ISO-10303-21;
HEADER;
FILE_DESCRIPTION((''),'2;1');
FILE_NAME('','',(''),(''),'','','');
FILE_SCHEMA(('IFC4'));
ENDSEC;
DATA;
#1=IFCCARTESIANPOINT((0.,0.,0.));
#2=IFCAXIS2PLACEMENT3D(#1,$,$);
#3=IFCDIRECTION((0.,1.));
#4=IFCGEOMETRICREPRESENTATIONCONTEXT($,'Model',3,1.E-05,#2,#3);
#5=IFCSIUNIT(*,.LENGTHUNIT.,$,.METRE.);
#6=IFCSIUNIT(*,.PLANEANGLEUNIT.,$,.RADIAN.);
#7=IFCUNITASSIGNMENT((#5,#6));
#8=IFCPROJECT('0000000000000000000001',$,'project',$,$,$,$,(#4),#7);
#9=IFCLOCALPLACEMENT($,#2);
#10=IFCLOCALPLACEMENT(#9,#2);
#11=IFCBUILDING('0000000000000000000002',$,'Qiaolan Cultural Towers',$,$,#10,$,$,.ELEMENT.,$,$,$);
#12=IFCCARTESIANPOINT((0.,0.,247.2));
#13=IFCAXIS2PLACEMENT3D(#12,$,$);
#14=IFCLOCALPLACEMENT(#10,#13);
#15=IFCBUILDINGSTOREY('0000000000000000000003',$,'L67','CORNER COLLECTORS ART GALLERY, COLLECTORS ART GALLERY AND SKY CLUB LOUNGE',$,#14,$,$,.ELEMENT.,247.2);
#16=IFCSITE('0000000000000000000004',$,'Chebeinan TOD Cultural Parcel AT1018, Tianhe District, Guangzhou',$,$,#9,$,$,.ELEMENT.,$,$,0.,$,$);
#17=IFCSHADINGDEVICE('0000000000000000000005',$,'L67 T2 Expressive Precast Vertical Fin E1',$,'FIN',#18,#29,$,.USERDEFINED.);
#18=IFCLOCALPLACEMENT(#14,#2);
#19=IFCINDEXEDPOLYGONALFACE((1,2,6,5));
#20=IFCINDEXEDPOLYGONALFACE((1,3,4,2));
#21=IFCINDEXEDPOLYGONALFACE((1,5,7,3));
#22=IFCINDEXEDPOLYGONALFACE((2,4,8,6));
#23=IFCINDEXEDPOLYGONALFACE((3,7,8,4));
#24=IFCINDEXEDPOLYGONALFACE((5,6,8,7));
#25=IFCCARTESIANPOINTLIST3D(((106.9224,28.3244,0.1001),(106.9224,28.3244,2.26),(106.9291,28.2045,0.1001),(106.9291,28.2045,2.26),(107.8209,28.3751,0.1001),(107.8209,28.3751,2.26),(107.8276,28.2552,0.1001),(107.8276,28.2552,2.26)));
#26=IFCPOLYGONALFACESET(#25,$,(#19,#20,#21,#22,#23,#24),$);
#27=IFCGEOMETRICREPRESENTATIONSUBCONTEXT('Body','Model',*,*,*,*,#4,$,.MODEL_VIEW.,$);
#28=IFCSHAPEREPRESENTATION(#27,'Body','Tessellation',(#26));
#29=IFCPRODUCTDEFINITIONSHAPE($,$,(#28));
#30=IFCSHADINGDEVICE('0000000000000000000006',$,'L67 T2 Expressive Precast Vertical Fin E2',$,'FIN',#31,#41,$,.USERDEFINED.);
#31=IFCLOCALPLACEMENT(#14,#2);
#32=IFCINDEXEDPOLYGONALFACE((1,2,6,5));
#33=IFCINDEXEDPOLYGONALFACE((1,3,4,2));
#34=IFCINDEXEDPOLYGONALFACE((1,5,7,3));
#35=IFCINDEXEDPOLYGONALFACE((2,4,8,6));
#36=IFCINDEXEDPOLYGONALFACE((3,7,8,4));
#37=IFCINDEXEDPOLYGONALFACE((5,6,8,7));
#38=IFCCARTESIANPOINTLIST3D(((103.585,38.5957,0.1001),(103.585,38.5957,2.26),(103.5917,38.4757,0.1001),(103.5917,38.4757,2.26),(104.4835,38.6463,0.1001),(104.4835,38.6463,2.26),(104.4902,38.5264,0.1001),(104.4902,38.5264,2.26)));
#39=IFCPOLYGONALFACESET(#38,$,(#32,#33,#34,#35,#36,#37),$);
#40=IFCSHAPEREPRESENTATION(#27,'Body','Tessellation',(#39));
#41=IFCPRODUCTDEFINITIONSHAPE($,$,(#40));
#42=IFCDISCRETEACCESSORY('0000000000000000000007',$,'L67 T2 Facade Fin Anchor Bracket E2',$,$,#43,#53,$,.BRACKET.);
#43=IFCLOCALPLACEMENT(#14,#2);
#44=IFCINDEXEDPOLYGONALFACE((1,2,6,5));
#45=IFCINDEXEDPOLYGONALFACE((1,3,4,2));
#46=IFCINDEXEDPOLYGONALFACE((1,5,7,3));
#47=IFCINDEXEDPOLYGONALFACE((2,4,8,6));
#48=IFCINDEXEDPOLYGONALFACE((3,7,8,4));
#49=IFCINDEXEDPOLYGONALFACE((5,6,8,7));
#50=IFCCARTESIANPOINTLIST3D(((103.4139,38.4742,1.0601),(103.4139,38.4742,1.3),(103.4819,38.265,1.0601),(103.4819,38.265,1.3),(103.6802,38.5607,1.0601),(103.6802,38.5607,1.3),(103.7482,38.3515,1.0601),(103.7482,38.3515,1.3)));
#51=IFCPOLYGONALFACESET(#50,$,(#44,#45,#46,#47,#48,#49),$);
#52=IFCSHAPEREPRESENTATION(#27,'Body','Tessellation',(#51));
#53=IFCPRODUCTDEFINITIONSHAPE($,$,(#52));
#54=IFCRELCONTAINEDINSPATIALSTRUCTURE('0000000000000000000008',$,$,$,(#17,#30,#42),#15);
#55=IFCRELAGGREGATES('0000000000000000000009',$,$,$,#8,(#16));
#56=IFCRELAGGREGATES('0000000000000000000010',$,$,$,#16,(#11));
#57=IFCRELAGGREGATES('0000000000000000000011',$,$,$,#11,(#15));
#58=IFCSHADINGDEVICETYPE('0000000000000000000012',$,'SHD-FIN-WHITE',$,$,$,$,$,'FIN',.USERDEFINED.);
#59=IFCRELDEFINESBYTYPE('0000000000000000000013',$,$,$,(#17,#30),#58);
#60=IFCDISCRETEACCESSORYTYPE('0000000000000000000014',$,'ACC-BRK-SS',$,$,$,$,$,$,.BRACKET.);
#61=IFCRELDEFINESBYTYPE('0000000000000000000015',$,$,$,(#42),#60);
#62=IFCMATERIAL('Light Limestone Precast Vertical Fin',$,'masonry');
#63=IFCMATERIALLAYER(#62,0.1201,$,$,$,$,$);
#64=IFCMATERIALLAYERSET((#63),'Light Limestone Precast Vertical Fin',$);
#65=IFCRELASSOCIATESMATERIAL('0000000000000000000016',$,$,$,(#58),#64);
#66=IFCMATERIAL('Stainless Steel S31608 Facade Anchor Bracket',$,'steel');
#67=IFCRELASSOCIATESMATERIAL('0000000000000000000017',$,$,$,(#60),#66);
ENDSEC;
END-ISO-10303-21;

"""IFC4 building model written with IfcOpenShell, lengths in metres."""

from ifc_helpers import new_model, si_unit, direction, frame, origin, origin_2d, place, context, subcontext, project, spatial, rectangle, extrude, material, layer, layer_set, type_object, element, save


model = new_model("IFC4")

# Units and contexts
model_context = context("Model", 3, precision=1e-05, world=origin(), true_north=direction((0.0, 1.0)))
body_context = subcontext(model_context, "Body", "Model", "MODEL_VIEW")
ifc_project = project(units=[si_unit("LENGTHUNIT", "METRE"), si_unit("PLANEANGLEUNIT", "RADIAN")], contexts=[model_context])

# Site, building, storey
site_placement = place(None, origin())
site = spatial("IfcSite", under=ifc_project, at=site_placement, Name="Chebeinan TOD Cultural Parcel AT1018, Tianhe District, Guangzhou", CompositionType="ELEMENT", RefElevation=0.0)
building_placement = place(site_placement, origin())
building = spatial("IfcBuilding", under=site, at=building_placement, Name="Qiaolan Cultural Towers", CompositionType="ELEMENT")
storey_placement = place(building_placement, frame((0.0, 0.0, 247.2)))
storey = spatial("IfcBuildingStorey", under=building, at=storey_placement, Name="L67", Description="CORNER COLLECTORS ART GALLERY, COLLECTORS ART GALLERY AND SKY CLUB LOUNGE", CompositionType="ELEMENT", Elevation=247.2)

# Shading devices
ifc_material_1 = material(Name="Light Limestone Precast Vertical Fin", Category="masonry")
ifc_layer_1 = layer(ifc_material_1, 0.1201)
ifc_layer_set_1 = layer_set([ifc_layer_1], Name="Light Limestone Precast Vertical Fin")
shading_device_type = type_object("IfcShadingDeviceType", Name="SHD-FIN-WHITE", ElementType="FIN", PredefinedType="USERDEFINED", material=ifc_layer_set_1)
for number, where, z_axis, x_axis, name in (
    (1, (107.375, 28.2898, 0.1001), (0.0, 0.0, 1.0), (0.998413, 0.056307, 0.0), "L67 T2 Expressive Precast Vertical Fin E1"),
    (2, (104.0376, 38.561, 0.1001), (0.0, 0.0, 1.0), (0.998413, 0.056307, 0.0), "L67 T2 Expressive Precast Vertical Fin E2"),
):
    element("IfcShadingDevice", number, at=place(storey_placement, frame(where, z_axis=z_axis, x_axis=x_axis)), inside=storey, type_object=shading_device_type, Name=name, ObjectType="FIN", PredefinedType="USERDEFINED", context=body_context, shape_type="SweptSolid", body=[
        extrude(rectangle(XDim=0.8999, YDim=0.1201, at=origin_2d()), origin(), (0.0, 0.0, 1.0), 2.1599),
    ])

# Discrete accessory
ifc_material_2 = material(Name="Stainless Steel S31608 Facade Anchor Bracket", Category="steel")
discrete_accessory_type = type_object("IfcDiscreteAccessoryType", Name="ACC-BRK-SS", PredefinedType="BRACKET", material=ifc_material_2)
discrete_accessory_placement = place(storey_placement, frame((103.5811, 38.4128, 1.0601), z_axis=(0.0, 0.0, 1.0), x_axis=(0.951057, 0.309017, 0.0)))
element("IfcDiscreteAccessory", 3, at=discrete_accessory_placement, inside=storey, type_object=discrete_accessory_type, Name="L67 T2 Facade Fin Anchor Bracket E2", PredefinedType="BRACKET", context=body_context, shape_type="SweptSolid", body=[
    extrude(rectangle(XDim=0.28, YDim=0.22, at=origin_2d()), origin(), (0.0, 0.0, 1.0), 0.24),
])

save(model, "model.ifc")
